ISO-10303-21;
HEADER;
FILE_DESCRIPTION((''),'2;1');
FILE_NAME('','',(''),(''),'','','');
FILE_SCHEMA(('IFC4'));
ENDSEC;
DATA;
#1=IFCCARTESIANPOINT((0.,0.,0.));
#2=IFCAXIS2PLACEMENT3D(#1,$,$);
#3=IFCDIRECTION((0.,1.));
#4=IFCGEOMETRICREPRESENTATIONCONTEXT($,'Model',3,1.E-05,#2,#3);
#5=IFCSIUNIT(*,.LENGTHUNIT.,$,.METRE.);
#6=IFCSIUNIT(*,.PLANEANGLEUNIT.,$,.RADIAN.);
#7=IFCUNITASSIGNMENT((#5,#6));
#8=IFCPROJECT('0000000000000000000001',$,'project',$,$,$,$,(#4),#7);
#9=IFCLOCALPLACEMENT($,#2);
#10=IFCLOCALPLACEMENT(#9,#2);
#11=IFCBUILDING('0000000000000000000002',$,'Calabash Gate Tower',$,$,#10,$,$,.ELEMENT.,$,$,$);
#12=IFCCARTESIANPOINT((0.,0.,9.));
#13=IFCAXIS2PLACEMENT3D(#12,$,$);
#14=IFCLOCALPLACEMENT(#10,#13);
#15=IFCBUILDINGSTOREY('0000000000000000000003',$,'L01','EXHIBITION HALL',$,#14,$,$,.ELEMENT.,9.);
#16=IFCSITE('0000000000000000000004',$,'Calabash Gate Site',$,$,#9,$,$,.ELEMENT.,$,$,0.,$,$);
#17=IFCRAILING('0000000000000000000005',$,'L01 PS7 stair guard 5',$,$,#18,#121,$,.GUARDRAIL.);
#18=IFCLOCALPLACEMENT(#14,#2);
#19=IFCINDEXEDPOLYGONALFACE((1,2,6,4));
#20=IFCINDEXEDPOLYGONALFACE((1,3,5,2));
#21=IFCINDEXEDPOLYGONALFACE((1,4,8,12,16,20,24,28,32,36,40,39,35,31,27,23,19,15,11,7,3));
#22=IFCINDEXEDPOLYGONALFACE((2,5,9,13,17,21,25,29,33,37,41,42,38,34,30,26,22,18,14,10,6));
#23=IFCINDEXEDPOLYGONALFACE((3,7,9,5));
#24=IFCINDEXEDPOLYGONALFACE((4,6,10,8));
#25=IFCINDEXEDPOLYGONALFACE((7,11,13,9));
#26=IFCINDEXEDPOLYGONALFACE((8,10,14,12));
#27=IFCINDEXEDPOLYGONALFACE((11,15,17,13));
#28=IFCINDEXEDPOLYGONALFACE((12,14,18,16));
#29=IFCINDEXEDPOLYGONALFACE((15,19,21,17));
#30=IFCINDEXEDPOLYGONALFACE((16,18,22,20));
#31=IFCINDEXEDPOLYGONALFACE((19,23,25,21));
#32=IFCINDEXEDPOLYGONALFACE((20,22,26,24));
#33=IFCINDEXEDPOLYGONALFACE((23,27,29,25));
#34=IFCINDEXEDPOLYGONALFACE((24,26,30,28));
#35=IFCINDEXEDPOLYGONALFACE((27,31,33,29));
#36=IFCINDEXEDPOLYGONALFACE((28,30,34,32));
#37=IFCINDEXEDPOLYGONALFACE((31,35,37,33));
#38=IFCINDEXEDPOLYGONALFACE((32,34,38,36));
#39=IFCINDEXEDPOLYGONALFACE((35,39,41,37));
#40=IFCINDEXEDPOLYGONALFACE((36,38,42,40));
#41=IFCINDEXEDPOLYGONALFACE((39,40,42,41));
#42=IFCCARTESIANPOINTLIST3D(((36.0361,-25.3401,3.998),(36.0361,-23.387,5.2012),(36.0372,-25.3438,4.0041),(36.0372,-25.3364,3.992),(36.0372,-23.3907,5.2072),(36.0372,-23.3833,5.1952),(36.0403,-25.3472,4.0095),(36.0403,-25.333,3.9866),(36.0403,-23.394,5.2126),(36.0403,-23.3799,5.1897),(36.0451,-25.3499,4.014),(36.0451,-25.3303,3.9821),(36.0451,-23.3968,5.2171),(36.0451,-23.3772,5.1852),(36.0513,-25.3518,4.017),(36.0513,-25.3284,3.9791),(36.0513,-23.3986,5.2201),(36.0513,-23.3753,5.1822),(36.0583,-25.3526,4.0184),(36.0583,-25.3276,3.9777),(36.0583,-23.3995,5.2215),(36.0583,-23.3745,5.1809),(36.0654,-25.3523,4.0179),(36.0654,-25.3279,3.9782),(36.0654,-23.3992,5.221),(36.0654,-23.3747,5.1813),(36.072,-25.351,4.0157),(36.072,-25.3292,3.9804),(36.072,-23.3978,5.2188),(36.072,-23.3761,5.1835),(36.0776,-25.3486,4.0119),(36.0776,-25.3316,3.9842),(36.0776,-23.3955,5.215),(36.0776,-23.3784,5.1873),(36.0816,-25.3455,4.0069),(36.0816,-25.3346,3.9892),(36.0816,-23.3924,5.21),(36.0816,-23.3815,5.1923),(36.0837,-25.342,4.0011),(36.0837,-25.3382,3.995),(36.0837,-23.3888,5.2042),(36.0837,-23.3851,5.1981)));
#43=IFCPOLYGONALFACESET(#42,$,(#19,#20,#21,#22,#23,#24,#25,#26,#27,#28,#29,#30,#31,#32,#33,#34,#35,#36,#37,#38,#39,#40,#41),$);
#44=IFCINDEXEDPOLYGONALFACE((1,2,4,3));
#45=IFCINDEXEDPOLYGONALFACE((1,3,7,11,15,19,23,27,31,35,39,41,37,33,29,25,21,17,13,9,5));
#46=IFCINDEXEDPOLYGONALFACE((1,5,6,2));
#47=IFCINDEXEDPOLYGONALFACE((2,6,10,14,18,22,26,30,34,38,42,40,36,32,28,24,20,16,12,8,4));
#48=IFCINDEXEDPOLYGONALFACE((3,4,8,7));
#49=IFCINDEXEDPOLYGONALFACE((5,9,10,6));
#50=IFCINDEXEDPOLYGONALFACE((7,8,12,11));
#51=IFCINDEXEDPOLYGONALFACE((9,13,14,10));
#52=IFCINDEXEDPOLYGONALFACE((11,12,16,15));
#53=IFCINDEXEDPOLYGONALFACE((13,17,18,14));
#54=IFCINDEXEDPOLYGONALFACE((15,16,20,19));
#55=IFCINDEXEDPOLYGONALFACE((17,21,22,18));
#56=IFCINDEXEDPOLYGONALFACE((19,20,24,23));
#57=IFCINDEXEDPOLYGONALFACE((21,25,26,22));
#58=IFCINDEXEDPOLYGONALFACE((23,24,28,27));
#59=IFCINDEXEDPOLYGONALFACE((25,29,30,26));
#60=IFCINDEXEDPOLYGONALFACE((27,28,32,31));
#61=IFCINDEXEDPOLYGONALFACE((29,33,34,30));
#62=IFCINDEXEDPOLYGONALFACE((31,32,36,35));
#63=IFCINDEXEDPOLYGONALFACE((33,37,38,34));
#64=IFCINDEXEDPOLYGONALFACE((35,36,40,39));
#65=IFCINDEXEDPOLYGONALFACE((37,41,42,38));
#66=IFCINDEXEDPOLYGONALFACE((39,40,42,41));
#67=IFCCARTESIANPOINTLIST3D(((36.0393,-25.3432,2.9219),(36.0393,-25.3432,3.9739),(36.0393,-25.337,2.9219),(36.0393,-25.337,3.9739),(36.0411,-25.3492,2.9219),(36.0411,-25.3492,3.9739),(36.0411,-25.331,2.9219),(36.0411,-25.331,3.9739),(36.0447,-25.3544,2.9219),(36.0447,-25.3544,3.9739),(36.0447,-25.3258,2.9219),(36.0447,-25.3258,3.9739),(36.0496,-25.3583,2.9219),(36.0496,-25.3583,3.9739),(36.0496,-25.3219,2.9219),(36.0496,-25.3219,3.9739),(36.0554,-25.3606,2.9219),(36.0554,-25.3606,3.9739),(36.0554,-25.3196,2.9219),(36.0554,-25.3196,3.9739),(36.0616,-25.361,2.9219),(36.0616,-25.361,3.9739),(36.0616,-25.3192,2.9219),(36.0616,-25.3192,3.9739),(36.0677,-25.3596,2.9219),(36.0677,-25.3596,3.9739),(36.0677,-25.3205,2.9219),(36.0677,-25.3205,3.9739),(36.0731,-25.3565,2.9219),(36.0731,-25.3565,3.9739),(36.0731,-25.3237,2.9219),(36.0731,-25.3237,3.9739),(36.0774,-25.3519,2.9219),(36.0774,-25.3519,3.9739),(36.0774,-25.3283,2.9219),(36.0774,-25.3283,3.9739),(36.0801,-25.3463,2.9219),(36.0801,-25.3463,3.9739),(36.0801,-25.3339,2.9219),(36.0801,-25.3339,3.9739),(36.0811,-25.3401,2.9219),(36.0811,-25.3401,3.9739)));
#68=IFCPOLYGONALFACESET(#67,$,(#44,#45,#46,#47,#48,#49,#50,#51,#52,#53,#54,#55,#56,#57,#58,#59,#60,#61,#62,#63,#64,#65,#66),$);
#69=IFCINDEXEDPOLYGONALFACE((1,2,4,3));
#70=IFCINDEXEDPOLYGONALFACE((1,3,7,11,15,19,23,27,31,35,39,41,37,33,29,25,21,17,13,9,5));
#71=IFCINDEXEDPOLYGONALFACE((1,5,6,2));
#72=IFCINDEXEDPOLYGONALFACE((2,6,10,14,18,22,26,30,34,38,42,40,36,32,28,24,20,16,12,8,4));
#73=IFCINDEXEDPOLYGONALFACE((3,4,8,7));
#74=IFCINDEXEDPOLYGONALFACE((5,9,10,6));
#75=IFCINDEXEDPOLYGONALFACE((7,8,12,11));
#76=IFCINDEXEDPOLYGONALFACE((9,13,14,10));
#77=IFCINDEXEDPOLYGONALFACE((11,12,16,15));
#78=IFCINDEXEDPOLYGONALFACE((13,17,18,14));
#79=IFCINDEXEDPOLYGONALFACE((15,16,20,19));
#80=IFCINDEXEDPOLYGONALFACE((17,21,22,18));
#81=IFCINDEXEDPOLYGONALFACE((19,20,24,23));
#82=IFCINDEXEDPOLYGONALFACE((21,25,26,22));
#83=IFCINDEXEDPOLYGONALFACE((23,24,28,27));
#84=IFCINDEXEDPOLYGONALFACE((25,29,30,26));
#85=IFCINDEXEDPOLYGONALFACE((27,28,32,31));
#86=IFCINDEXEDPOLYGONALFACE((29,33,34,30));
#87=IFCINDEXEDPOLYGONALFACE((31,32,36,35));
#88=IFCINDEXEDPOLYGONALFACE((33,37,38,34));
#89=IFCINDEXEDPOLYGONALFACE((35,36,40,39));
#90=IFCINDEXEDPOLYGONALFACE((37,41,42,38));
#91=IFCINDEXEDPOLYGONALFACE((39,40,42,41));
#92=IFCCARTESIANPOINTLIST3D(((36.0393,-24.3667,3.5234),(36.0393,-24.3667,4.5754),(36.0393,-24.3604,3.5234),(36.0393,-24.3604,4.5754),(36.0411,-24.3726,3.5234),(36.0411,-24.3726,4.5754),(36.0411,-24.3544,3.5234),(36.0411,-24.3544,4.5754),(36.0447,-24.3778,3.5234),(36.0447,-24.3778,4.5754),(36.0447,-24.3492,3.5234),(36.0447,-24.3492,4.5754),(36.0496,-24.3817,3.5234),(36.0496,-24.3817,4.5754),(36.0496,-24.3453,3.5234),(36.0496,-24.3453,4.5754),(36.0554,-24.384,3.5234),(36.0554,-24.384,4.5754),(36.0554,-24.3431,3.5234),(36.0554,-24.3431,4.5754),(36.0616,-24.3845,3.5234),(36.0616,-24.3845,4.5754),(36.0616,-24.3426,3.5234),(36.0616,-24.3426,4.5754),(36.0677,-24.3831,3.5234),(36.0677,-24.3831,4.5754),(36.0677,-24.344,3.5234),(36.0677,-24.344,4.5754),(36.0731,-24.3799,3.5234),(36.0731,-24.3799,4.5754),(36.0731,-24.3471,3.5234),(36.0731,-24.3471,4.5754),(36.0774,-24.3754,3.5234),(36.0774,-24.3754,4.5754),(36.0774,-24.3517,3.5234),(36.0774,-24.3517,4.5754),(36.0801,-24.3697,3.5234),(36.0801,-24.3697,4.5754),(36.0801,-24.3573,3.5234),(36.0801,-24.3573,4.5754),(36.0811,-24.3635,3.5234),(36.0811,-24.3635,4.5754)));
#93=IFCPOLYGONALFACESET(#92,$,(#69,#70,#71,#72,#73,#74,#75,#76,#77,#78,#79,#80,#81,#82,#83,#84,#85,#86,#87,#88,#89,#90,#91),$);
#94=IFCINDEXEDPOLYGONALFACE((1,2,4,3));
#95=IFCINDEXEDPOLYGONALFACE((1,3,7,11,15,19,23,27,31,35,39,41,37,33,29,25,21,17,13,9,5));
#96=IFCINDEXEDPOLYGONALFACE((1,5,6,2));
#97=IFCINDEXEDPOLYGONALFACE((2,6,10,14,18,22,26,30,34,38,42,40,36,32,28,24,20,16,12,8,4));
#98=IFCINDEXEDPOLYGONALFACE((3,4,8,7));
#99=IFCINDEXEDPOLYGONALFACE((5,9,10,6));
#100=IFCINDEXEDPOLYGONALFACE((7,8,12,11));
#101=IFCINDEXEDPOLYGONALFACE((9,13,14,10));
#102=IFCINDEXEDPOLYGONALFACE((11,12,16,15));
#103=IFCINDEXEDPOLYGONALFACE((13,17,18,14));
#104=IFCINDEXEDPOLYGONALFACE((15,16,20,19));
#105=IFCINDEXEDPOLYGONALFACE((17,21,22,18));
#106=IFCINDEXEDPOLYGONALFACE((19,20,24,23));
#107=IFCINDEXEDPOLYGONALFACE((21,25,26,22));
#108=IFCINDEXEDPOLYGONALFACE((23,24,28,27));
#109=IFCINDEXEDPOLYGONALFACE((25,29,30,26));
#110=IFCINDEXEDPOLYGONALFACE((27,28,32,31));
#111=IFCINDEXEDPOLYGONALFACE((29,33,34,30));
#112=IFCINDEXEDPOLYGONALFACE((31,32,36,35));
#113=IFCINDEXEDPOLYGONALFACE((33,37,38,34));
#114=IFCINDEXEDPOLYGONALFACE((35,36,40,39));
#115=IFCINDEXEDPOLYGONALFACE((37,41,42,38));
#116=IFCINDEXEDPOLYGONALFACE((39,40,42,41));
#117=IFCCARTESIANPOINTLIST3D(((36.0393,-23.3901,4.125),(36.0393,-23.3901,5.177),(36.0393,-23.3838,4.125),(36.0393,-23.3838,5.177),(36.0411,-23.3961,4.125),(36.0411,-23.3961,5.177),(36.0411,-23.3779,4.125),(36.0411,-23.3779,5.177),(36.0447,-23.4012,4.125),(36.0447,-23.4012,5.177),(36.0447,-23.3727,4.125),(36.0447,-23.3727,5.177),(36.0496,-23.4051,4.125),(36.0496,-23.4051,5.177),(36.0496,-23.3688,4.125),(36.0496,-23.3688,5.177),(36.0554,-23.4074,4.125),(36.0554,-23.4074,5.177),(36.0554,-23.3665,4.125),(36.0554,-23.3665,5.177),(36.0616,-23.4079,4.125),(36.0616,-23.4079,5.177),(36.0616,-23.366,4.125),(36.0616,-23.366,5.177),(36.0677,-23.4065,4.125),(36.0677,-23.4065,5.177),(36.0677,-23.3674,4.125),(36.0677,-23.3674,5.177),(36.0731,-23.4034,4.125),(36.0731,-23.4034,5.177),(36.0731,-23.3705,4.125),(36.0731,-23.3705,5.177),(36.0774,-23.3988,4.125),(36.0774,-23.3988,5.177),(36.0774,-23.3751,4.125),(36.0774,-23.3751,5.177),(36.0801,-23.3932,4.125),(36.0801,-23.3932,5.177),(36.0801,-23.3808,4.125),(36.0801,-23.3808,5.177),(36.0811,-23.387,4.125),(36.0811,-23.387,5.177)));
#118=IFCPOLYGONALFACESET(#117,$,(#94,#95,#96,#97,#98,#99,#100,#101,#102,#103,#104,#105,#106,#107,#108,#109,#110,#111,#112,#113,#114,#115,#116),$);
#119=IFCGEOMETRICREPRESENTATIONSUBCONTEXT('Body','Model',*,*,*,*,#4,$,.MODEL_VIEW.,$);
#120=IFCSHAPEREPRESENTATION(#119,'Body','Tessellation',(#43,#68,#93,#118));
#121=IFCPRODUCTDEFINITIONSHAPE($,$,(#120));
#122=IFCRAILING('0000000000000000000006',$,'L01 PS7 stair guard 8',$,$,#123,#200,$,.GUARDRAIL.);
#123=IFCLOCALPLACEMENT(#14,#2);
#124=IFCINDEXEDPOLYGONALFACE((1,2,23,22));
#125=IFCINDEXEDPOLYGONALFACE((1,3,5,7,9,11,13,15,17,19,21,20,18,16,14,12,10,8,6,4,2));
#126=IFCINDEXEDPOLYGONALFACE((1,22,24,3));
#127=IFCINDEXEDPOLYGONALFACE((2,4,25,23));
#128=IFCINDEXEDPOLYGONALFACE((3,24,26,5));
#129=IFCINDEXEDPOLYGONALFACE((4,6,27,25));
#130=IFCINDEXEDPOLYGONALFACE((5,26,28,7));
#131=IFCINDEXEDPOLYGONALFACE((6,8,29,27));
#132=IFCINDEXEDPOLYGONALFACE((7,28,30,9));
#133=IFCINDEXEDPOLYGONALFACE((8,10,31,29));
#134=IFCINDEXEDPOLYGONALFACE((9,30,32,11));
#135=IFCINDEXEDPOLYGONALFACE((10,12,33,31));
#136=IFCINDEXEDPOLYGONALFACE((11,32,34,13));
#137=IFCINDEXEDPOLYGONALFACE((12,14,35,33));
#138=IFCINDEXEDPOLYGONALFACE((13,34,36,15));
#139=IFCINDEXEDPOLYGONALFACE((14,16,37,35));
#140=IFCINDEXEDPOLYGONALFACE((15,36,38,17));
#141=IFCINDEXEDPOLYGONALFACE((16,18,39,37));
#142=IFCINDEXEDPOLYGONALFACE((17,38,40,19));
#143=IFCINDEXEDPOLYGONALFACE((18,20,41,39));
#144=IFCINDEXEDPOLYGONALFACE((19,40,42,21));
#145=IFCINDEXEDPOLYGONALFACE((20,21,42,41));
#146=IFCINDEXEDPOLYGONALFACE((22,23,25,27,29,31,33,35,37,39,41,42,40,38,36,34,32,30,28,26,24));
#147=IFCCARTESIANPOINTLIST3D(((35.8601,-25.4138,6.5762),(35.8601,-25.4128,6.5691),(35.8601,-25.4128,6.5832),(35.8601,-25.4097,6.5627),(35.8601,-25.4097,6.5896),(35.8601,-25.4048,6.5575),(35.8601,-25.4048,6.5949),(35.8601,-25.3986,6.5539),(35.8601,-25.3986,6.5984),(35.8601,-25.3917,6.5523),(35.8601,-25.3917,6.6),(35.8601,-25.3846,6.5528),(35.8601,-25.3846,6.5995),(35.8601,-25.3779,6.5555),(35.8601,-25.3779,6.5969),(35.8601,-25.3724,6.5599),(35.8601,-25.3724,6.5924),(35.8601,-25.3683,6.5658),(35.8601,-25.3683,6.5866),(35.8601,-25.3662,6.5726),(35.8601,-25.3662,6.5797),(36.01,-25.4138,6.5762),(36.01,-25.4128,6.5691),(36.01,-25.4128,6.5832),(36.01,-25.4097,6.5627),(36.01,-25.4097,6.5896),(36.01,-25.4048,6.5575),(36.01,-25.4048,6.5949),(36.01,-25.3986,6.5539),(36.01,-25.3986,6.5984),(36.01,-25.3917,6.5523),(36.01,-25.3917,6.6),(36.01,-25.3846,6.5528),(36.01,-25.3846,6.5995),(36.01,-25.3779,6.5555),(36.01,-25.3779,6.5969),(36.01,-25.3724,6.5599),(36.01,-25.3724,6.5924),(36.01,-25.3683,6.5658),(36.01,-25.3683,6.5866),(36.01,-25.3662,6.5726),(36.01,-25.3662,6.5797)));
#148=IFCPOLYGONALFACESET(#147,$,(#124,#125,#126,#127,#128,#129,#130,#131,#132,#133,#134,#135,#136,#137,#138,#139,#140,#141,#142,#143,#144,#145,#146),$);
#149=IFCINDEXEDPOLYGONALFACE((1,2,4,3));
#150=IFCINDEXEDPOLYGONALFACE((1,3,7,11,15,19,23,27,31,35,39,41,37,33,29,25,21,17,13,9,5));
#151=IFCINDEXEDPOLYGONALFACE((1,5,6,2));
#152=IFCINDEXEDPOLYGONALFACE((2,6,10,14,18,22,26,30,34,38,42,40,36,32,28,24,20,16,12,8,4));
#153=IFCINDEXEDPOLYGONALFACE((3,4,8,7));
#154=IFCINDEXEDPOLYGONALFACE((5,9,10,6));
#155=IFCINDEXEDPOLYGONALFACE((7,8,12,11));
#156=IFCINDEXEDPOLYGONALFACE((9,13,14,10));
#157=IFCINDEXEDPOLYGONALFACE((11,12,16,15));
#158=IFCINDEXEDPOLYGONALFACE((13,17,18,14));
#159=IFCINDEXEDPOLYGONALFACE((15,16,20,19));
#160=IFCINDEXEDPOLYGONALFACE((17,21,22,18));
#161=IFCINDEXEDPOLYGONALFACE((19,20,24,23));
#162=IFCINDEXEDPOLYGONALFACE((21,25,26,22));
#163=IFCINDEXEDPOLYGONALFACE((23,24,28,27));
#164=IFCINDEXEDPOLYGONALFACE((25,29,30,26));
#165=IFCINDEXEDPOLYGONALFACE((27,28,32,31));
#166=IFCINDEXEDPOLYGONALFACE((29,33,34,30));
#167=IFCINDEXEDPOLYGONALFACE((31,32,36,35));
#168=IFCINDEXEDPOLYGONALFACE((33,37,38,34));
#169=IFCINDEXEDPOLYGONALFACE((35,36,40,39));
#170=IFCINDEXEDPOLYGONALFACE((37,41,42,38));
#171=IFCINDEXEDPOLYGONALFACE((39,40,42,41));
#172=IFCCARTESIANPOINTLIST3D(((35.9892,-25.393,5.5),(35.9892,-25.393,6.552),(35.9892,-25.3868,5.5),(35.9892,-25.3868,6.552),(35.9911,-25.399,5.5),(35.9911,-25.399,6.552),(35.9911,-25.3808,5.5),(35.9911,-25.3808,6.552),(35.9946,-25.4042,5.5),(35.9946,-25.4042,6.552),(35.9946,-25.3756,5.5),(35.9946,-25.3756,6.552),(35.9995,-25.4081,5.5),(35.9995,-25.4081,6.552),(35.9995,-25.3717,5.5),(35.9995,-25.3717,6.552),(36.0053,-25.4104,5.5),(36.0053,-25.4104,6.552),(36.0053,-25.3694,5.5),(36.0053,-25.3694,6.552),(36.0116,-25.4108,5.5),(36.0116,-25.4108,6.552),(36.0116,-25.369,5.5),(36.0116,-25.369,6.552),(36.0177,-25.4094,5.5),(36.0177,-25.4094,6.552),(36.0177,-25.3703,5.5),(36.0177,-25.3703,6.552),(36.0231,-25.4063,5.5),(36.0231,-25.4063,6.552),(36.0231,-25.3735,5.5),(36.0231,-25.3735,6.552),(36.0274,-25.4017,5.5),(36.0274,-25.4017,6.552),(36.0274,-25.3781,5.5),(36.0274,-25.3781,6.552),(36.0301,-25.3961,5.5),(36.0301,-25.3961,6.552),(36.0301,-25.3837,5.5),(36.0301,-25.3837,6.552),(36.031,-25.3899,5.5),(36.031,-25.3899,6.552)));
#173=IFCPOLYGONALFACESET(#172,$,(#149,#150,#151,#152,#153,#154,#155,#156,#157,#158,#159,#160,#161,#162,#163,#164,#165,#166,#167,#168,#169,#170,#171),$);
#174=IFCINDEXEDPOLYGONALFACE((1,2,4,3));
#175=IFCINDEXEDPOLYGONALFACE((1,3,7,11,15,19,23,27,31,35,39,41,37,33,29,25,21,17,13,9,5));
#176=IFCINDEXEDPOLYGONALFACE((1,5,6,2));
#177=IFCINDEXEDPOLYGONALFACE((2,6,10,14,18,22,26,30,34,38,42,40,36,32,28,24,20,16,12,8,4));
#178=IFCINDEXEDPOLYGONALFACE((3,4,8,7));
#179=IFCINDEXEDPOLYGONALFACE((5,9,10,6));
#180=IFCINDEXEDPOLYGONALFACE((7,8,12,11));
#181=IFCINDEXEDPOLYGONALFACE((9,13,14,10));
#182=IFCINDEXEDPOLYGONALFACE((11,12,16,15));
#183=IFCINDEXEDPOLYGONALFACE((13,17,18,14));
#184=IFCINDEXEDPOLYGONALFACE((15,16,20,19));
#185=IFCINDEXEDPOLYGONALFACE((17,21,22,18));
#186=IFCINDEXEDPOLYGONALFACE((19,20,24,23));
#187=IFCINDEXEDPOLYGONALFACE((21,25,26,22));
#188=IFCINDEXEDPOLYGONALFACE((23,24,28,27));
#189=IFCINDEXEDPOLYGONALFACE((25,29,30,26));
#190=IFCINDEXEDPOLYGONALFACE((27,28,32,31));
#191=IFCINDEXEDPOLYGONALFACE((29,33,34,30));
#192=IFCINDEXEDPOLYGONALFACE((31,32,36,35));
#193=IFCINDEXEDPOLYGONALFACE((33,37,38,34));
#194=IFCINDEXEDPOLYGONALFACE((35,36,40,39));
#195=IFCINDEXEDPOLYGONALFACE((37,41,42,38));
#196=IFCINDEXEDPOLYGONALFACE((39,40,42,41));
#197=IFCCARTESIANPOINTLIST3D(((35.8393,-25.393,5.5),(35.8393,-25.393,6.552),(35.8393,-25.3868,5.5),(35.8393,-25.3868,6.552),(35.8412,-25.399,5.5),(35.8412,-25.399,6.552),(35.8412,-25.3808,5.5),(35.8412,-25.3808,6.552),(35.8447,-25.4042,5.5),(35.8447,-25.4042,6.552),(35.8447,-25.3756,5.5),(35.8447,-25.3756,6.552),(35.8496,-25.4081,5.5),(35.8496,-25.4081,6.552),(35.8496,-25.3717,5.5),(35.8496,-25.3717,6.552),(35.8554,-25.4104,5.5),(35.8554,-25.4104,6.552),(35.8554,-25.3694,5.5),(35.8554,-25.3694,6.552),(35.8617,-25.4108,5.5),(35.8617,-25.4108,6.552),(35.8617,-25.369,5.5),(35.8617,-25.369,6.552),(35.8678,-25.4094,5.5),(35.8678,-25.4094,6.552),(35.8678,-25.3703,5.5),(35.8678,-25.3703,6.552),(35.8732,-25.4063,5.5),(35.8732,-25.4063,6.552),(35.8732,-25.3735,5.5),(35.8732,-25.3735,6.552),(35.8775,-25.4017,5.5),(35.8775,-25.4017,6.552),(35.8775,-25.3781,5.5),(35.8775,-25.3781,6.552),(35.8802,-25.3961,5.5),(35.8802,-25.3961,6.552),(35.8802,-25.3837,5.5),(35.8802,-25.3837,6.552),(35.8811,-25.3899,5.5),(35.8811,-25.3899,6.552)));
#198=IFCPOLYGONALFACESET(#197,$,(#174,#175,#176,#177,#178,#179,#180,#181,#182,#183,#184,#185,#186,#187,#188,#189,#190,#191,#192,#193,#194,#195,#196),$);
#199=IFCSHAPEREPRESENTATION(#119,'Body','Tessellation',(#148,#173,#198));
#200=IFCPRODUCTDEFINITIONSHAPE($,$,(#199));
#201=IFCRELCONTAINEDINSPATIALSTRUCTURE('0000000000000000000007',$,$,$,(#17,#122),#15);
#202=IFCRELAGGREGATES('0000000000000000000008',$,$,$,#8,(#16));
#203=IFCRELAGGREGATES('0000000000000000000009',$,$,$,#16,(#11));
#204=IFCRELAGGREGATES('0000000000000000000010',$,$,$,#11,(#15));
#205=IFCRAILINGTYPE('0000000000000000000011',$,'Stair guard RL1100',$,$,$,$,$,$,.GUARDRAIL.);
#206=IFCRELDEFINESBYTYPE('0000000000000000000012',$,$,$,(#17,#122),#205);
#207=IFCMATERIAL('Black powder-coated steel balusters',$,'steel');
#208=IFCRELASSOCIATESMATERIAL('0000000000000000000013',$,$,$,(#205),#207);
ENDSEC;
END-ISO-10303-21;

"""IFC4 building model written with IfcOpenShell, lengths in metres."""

from ifc_helpers import new_model, si_unit, direction, frame, origin, origin_2d, place, context, subcontext, project, spatial, circle, extrude, material, type_object, element, save


model = new_model("IFC4")

# Units and contexts
model_context = context("Model", 3, precision=1e-05, world=origin(), true_north=direction((0.0, 1.0)))
body_context = subcontext(model_context, "Body", "Model", "MODEL_VIEW")
ifc_project = project(units=[si_unit("LENGTHUNIT", "METRE"), si_unit("PLANEANGLEUNIT", "RADIAN")], contexts=[model_context])

# Site, building, storey
site_placement = place(None, origin())
site = spatial("IfcSite", under=ifc_project, at=site_placement, Name="Calabash Gate Site", CompositionType="ELEMENT", RefElevation=0.0)
building_placement = place(site_placement, origin())
building = spatial("IfcBuilding", under=site, at=building_placement, Name="Calabash Gate Tower", CompositionType="ELEMENT")
storey_placement = place(building_placement, frame((0.0, 0.0, 9.0)))
storey = spatial("IfcBuildingStorey", under=building, at=storey_placement, Name="L01", Description="EXHIBITION HALL", CompositionType="ELEMENT", Elevation=9.0)

# Railings
ifc_material_1 = material(Name="Black powder-coated steel balusters", Category="steel")
railing_type_1 = type_object("IfcRailingType", Name="Stair guard RL1100", PredefinedType="GUARDRAIL", material=ifc_material_1)
railing_1_placement = place(storey_placement, frame((36.0601, -25.3401, 2.9219)))
element("IfcRailing", 1, at=railing_1_placement, inside=storey, type_object=railing_type_1, Name="L01 PS7 stair guard 5", PredefinedType="GUARDRAIL", context=body_context, shape_type="SweptSolid", body=[
    extrude(circle(Radius=0.0239, at=origin_2d()), frame((0.0, 0.0, 1.0762), z_axis=(0.0, 0.851424, 0.524477), x_axis=(-1.0, 0.0, 0.0)), (0.0, 0.0, 1.0), 2.2939),
    extrude(circle(Radius=0.021, at=origin_2d()), origin(), (0.0, 0.0, 1.0), 1.052),
    extrude(circle(Radius=0.021, at=origin_2d()), frame((0.0, 0.9766, 0.6016)), (0.0, 0.0, 1.0), 1.052),
    extrude(circle(Radius=0.021, at=origin_2d()), frame((0.0, 1.9531, 1.2031)), (0.0, 0.0, 1.0), 1.052),
])
railing_2_placement = place(storey_placement, frame((36.01, -25.3899, 5.5)))
element("IfcRailing", 2, at=railing_2_placement, inside=storey, type_object=railing_type_1, Name="L01 PS7 stair guard 8", PredefinedType="GUARDRAIL", context=body_context, shape_type="SweptSolid", body=[
    extrude(circle(Radius=0.0239, at=origin_2d()), frame((0.0, 0.0, 1.0762), z_axis=(-1.0, 0.0, 0.0), x_axis=(0.0, -1.0, 0.0)), (0.0, 0.0, 1.0), 0.1499),
    extrude(circle(Radius=0.021, at=origin_2d()), origin(), (0.0, 0.0, 1.0), 1.052),
    extrude(circle(Radius=0.021, at=origin_2d()), frame((-0.1499, 0.0, 0.0)), (0.0, 0.0, 1.0), 1.052),
])

save(model, "model.ifc")
